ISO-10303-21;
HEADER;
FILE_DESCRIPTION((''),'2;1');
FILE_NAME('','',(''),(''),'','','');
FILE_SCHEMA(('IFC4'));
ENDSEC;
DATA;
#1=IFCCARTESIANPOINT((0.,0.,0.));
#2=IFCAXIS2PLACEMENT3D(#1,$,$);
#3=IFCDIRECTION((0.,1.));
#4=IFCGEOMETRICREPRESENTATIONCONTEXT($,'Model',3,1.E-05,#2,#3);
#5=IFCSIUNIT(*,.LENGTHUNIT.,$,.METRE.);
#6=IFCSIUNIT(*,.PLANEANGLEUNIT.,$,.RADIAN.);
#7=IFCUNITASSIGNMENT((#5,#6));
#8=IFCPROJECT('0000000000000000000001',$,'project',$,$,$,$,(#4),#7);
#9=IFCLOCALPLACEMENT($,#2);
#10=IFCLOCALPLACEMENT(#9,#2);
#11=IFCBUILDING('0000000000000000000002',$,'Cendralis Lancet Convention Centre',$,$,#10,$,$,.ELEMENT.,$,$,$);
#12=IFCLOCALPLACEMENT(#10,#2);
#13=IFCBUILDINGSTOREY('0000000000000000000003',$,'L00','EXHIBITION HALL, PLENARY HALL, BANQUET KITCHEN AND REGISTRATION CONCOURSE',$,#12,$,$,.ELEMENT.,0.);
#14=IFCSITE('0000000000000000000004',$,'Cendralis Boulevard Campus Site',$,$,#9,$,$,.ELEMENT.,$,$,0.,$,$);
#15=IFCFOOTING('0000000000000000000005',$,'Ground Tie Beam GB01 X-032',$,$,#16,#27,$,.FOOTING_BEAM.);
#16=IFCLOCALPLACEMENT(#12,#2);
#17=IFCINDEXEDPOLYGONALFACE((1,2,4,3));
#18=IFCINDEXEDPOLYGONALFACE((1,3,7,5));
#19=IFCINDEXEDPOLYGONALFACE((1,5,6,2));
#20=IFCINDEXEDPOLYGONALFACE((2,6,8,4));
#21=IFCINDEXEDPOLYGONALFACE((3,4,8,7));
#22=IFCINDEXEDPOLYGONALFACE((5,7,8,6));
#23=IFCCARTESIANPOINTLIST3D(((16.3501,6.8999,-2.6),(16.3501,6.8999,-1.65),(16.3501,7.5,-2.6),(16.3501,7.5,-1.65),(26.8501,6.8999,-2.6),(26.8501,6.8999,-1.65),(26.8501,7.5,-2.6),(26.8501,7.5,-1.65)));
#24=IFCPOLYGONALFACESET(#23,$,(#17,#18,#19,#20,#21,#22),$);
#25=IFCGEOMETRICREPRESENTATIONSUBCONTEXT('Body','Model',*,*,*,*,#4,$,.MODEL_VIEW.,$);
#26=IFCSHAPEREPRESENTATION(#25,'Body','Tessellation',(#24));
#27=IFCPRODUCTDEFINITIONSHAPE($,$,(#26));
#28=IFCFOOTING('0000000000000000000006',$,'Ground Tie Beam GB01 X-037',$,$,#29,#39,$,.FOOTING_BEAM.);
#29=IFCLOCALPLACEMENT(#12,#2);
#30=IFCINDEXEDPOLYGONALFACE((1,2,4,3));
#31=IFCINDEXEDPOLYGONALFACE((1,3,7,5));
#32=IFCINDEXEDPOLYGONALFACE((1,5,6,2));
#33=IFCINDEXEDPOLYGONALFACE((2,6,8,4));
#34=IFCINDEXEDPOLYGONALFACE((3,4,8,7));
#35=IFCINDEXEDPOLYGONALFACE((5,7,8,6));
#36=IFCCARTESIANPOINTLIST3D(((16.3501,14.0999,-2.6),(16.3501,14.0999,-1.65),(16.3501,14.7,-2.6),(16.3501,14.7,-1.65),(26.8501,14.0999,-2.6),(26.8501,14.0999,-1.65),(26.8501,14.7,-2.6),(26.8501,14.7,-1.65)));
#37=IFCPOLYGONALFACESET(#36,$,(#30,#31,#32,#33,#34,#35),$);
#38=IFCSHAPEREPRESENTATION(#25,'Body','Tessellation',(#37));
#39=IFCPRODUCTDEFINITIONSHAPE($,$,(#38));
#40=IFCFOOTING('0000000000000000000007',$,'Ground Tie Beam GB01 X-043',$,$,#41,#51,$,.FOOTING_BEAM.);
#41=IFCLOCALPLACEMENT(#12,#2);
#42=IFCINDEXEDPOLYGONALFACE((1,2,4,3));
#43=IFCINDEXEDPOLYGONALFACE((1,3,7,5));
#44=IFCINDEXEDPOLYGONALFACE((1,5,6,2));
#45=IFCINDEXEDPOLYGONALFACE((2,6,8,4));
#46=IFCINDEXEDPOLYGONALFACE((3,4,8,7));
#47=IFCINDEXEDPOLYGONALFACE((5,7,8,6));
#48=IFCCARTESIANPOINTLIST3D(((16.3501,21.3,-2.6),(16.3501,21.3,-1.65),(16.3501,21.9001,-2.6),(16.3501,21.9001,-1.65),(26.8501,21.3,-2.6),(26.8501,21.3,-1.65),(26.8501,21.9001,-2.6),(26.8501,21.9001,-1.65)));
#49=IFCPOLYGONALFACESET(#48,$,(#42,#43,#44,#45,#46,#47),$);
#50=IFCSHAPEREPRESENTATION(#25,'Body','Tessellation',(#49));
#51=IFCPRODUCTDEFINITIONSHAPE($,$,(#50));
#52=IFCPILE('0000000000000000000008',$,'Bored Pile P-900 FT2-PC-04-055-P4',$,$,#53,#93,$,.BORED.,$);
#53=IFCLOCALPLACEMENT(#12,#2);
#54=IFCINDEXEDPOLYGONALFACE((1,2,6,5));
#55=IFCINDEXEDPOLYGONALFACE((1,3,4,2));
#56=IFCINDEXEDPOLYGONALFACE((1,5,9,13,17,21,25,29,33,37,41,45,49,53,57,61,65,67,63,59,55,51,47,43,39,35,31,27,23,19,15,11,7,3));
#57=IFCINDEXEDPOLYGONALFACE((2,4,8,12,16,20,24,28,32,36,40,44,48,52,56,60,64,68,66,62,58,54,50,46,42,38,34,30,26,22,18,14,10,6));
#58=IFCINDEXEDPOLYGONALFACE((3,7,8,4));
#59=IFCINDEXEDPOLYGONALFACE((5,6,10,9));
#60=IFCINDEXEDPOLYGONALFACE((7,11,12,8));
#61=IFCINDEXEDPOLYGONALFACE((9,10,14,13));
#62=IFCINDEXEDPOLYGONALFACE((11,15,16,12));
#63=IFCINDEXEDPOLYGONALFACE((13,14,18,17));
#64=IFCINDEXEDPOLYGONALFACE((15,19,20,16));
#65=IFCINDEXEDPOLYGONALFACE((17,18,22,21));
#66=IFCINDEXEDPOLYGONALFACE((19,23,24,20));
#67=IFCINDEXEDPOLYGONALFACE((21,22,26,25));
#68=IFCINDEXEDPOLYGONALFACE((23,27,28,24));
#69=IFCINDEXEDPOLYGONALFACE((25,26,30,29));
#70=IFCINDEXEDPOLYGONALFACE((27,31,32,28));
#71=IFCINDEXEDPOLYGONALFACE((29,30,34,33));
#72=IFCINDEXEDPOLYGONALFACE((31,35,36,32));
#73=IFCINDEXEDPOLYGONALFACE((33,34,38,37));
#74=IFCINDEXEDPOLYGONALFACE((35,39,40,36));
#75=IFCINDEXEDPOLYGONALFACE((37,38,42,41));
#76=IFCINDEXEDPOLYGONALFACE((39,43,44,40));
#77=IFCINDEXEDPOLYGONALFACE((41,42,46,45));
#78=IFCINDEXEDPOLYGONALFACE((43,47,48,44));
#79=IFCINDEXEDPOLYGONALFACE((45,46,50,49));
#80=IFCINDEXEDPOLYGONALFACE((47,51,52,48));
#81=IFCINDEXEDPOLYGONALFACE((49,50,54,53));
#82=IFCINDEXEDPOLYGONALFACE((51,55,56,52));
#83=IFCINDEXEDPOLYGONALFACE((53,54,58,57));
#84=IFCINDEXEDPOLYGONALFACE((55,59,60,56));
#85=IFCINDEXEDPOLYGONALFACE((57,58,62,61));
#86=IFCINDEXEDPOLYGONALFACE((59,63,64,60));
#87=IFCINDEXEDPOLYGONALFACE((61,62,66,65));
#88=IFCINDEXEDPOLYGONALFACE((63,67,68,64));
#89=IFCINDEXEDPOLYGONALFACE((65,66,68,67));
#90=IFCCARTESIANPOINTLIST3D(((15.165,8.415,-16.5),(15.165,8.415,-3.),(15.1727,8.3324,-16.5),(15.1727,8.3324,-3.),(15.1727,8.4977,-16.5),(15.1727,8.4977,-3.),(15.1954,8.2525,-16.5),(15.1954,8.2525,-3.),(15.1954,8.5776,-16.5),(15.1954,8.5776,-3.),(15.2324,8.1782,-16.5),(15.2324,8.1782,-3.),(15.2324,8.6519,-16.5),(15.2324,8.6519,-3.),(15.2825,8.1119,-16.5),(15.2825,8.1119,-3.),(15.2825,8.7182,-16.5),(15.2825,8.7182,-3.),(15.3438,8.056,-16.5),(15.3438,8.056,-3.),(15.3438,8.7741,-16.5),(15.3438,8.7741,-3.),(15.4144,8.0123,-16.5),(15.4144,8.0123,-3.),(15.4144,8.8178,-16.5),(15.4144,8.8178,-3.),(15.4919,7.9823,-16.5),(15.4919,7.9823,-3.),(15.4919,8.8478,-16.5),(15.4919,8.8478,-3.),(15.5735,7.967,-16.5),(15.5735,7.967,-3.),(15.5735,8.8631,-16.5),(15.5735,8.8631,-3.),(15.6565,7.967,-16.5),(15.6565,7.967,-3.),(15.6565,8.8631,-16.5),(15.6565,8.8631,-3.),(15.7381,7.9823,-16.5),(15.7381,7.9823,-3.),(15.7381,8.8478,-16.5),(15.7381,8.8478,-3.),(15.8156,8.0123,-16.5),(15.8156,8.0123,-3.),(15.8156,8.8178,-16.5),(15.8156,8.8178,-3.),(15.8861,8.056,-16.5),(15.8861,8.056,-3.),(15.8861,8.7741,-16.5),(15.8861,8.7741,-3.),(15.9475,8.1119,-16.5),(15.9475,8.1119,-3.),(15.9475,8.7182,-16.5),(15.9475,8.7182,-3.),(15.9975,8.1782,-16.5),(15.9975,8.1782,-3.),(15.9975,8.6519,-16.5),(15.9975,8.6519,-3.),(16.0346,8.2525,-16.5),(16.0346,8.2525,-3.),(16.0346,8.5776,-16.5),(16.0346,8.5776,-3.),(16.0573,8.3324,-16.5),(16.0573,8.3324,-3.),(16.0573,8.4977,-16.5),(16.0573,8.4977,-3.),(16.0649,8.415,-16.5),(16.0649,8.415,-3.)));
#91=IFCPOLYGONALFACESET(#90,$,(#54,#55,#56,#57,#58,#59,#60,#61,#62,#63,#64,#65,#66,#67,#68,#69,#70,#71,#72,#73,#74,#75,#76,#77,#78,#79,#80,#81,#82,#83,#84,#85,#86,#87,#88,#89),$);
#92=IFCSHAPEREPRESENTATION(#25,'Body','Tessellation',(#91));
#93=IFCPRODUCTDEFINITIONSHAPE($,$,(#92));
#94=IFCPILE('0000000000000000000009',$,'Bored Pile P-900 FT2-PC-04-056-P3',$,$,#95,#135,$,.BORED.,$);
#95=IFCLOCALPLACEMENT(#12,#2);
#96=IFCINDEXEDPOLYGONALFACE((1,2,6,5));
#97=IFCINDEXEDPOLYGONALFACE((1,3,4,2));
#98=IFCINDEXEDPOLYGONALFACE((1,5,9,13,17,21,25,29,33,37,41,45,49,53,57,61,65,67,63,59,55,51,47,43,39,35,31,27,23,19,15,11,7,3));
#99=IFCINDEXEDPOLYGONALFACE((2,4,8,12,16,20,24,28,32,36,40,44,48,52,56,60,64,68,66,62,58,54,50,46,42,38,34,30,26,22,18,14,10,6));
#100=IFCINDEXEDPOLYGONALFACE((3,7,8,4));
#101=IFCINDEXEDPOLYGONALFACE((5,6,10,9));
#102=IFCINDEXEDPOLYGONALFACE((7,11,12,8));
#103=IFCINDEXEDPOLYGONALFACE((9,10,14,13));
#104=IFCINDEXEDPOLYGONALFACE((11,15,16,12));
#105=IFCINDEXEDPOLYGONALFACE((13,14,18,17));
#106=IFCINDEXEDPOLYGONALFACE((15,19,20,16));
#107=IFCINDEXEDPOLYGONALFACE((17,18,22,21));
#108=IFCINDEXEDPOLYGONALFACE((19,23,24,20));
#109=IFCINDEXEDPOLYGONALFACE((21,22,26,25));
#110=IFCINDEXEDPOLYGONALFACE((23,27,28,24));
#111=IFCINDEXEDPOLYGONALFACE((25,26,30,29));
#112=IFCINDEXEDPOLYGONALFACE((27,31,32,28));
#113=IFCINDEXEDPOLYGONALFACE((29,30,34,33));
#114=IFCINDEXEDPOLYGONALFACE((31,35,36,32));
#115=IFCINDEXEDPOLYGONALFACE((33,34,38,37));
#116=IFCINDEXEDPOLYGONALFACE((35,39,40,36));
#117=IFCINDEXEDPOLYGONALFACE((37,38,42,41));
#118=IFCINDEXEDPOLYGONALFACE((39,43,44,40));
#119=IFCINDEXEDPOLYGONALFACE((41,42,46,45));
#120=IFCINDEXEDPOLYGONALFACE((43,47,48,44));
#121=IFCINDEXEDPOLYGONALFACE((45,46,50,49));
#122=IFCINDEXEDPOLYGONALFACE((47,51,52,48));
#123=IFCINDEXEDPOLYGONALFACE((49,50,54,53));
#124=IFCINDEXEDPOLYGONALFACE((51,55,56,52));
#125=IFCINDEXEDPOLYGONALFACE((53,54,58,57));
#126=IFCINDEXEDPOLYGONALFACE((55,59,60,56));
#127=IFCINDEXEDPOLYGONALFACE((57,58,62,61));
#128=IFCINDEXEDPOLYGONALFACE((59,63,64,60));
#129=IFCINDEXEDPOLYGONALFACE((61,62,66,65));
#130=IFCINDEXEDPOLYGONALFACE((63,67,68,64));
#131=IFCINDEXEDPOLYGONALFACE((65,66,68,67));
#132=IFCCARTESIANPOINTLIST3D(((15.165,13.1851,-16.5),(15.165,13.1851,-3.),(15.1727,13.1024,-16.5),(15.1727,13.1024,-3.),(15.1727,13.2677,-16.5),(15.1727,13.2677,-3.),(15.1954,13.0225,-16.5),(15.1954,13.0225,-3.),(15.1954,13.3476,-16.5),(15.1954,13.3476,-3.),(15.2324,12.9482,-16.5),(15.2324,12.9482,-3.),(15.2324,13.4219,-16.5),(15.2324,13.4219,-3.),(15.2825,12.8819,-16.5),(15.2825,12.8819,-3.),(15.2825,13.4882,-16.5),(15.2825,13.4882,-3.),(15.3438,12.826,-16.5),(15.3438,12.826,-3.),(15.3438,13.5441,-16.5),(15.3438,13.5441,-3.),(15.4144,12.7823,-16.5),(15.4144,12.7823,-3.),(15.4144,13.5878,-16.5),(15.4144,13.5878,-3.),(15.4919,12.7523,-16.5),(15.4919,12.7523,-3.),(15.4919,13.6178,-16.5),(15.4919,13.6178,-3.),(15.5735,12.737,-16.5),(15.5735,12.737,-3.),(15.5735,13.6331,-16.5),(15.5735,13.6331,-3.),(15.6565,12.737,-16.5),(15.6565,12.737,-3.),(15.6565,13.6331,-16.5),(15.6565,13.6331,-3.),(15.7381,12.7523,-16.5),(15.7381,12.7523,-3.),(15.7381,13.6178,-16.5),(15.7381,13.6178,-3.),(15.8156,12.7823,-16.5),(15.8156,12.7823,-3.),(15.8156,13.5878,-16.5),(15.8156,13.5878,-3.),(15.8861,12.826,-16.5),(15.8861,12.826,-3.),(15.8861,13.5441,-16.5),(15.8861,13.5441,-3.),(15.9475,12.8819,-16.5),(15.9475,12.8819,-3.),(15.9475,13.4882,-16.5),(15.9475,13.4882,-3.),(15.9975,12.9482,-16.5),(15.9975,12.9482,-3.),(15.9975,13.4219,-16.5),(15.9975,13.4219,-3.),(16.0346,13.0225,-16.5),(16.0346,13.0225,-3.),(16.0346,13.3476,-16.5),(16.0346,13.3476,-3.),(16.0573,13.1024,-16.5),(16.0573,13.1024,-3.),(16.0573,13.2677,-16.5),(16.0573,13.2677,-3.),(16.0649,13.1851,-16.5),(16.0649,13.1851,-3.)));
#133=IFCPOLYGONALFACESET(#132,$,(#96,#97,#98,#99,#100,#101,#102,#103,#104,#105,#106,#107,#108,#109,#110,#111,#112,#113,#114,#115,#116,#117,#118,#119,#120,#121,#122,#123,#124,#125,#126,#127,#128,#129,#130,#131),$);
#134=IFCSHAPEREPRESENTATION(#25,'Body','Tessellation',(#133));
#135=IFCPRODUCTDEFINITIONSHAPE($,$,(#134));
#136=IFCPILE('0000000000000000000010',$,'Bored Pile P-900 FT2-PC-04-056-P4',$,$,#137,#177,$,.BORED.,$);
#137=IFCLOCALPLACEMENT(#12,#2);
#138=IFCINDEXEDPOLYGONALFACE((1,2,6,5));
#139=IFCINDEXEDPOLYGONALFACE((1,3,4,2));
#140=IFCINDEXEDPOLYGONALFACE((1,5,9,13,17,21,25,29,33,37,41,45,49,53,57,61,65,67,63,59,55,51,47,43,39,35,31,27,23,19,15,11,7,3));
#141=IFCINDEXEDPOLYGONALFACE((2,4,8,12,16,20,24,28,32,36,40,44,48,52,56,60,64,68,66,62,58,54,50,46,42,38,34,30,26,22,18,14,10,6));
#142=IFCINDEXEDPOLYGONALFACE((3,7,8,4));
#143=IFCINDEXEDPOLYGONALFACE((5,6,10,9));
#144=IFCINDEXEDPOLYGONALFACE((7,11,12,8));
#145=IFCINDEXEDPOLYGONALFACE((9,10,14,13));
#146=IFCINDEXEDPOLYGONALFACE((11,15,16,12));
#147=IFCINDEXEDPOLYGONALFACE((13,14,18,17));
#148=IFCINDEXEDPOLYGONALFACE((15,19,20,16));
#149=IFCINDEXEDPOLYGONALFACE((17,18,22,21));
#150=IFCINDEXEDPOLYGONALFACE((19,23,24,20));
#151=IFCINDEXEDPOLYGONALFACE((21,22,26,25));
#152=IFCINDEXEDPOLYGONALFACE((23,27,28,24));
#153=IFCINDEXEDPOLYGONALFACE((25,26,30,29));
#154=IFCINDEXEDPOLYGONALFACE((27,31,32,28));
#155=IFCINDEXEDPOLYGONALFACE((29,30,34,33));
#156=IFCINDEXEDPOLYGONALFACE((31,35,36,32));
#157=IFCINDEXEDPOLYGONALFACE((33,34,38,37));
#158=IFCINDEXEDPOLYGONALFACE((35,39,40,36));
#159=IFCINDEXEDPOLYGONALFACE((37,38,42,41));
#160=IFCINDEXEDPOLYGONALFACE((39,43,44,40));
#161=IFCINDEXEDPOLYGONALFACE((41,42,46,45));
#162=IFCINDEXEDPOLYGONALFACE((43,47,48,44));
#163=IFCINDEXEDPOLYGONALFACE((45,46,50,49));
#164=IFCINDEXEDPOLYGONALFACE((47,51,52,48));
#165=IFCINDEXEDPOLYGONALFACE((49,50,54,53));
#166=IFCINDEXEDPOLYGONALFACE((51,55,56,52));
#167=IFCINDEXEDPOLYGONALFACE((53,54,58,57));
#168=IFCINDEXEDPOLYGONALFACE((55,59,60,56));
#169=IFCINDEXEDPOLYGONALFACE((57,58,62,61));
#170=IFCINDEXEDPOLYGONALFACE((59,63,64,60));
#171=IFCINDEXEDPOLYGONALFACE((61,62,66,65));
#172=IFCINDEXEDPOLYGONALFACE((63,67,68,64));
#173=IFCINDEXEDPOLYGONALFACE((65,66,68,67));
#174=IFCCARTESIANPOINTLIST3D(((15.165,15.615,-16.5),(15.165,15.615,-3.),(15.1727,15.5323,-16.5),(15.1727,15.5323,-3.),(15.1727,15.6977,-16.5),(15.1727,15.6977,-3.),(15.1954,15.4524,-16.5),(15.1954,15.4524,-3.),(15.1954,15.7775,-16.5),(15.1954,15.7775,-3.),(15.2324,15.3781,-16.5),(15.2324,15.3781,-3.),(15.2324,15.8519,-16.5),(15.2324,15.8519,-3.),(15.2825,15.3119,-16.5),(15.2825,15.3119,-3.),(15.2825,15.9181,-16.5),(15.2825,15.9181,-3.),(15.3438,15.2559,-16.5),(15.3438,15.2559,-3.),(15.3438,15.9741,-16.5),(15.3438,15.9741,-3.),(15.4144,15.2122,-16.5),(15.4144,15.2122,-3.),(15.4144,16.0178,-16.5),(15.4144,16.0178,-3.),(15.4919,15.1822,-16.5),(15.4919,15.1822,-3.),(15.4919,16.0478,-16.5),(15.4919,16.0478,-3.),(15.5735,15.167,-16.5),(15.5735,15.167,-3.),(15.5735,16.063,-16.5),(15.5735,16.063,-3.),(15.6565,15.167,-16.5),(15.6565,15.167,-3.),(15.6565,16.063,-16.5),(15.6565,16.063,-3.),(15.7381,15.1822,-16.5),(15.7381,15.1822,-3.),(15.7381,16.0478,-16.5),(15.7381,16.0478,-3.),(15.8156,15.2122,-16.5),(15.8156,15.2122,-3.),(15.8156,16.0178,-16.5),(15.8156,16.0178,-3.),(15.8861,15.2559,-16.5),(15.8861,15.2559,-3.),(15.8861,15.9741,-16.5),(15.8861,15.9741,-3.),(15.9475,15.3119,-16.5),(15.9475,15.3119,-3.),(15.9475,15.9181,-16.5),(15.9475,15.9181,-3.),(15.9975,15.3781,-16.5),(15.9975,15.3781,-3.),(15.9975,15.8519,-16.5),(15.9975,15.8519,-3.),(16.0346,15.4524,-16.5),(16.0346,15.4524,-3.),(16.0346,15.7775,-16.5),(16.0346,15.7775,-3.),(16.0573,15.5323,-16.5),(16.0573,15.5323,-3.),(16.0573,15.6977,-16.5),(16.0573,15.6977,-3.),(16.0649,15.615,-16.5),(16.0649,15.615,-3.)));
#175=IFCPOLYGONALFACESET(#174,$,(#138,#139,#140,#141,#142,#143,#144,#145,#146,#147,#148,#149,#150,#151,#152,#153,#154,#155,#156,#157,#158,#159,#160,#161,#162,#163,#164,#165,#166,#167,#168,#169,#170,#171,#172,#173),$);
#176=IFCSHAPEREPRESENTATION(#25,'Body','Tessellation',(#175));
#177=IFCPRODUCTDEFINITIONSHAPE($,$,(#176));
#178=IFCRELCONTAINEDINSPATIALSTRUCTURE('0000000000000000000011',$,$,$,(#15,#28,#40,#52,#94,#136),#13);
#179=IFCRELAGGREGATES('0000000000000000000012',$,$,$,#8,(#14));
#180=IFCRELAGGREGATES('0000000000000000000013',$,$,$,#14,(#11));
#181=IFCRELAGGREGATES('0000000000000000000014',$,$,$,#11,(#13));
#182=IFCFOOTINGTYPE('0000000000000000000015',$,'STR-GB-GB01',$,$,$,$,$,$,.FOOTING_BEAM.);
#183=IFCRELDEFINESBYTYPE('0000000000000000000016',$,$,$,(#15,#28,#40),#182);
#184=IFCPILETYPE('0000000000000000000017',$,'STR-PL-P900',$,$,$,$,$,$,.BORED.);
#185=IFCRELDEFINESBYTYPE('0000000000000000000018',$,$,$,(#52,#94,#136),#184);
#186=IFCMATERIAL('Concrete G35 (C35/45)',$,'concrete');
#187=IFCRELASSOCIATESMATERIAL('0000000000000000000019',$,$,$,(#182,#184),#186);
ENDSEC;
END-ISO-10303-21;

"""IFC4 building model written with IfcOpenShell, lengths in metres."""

from ifc_helpers import new_model, si_unit, direction, frame, origin, origin_2d, place, context, subcontext, project, spatial, rectangle, circle, extrude, material, material_profile, profile_set, type_object, element, save


model = new_model("IFC4")

# Units and contexts
model_context = context("Model", 3, precision=1e-05, world=origin(), true_north=direction((0.0, 1.0)))
body_context = subcontext(model_context, "Body", "Model", "MODEL_VIEW")
ifc_project = project(units=[si_unit("LENGTHUNIT", "METRE"), si_unit("PLANEANGLEUNIT", "RADIAN")], contexts=[model_context])

# Site, building, storey
site_placement = place(None, origin())
site = spatial("IfcSite", under=ifc_project, at=site_placement, Name="Cendralis Boulevard Campus Site", CompositionType="ELEMENT", RefElevation=0.0)
building_placement = place(site_placement, origin())
building = spatial("IfcBuilding", under=site, at=building_placement, Name="Cendralis Lancet Convention Centre", CompositionType="ELEMENT")
storey_placement = place(building_placement, origin())
storey = spatial("IfcBuildingStorey", under=building, at=storey_placement, Name="L00", Description="EXHIBITION HALL, PLENARY HALL, BANQUET KITCHEN AND REGISTRATION CONCOURSE", CompositionType="ELEMENT", Elevation=0.0)

# Footings
ifc_material_1 = material(Name="Concrete G35 (C35/45)", Category="concrete")
ifc_material_profile_1 = material_profile(ifc_material_1, rectangle(XDim=0.6001, YDim=0.95, at=origin_2d()), Name="RCB 600x950")
ifc_profile_set_1 = profile_set([ifc_material_profile_1], Name="Concrete G35 (C35/45)")
footing_type = type_object("IfcFootingType", Name="STR-GB-GB01", PredefinedType="FOOTING_BEAM", material=ifc_profile_set_1)
for number, where, z_axis, x_axis, name in (
    (1, (16.3501, 7.2, -2.125), (1.0, 0.0, 0.0), (0.0, 1.0, 0.0), "Ground Tie Beam GB01 X-032"),
    (2, (16.3501, 14.3999, -2.125), (1.0, 0.0, 0.0), (0.0, 1.0, 0.0), "Ground Tie Beam GB01 X-037"),
    (3, (16.3501, 21.6001, -2.125), (1.0, 0.0, 0.0), (0.0, 1.0, 0.0), "Ground Tie Beam GB01 X-043"),
):
    element("IfcFooting", number, at=place(storey_placement, frame(where, z_axis=z_axis, x_axis=x_axis)), inside=storey, type_object=footing_type, Name=name, PredefinedType="FOOTING_BEAM", context=body_context, shape_type="SweptSolid", body=[
        extrude(rectangle(XDim=0.6001, YDim=0.95, at=origin_2d()), origin(), (0.0, 0.0, 1.0), 10.5),
    ])

# Piles
ifc_material_profile_2 = material_profile(ifc_material_1, circle(Radius=0.45, at=origin_2d()), Name="BORED PILE D900")
ifc_profile_set_2 = profile_set([ifc_material_profile_2], Name="Concrete G35 (C35/45)")
pile_type = type_object("IfcPileType", Name="STR-PL-P900", PredefinedType="BORED", material=ifc_profile_set_2)
for number, where, z_axis, x_axis, name in (
    (4, (15.615, 8.415, -3.0), (0.0, 0.0, -1.0), (1.0, 0.0, 0.0), "Bored Pile P-900 FT2-PC-04-055-P4"),
    (5, (15.615, 13.1851, -3.0), (0.0, 0.0, -1.0), (1.0, 0.0, 0.0), "Bored Pile P-900 FT2-PC-04-056-P3"),
    (6, (15.615, 15.615, -3.0), (0.0, 0.0, -1.0), (1.0, 0.0, 0.0), "Bored Pile P-900 FT2-PC-04-056-P4"),
):
    element("IfcPile", number, at=place(storey_placement, frame(where, z_axis=z_axis, x_axis=x_axis)), inside=storey, type_object=pile_type, Name=name, PredefinedType="BORED", context=body_context, shape_type="SweptSolid", body=[
        extrude(circle(Radius=0.45, at=origin_2d()), origin(), (0.0, 0.0, 1.0), 13.5),
    ])

save(model, "model.ifc")
